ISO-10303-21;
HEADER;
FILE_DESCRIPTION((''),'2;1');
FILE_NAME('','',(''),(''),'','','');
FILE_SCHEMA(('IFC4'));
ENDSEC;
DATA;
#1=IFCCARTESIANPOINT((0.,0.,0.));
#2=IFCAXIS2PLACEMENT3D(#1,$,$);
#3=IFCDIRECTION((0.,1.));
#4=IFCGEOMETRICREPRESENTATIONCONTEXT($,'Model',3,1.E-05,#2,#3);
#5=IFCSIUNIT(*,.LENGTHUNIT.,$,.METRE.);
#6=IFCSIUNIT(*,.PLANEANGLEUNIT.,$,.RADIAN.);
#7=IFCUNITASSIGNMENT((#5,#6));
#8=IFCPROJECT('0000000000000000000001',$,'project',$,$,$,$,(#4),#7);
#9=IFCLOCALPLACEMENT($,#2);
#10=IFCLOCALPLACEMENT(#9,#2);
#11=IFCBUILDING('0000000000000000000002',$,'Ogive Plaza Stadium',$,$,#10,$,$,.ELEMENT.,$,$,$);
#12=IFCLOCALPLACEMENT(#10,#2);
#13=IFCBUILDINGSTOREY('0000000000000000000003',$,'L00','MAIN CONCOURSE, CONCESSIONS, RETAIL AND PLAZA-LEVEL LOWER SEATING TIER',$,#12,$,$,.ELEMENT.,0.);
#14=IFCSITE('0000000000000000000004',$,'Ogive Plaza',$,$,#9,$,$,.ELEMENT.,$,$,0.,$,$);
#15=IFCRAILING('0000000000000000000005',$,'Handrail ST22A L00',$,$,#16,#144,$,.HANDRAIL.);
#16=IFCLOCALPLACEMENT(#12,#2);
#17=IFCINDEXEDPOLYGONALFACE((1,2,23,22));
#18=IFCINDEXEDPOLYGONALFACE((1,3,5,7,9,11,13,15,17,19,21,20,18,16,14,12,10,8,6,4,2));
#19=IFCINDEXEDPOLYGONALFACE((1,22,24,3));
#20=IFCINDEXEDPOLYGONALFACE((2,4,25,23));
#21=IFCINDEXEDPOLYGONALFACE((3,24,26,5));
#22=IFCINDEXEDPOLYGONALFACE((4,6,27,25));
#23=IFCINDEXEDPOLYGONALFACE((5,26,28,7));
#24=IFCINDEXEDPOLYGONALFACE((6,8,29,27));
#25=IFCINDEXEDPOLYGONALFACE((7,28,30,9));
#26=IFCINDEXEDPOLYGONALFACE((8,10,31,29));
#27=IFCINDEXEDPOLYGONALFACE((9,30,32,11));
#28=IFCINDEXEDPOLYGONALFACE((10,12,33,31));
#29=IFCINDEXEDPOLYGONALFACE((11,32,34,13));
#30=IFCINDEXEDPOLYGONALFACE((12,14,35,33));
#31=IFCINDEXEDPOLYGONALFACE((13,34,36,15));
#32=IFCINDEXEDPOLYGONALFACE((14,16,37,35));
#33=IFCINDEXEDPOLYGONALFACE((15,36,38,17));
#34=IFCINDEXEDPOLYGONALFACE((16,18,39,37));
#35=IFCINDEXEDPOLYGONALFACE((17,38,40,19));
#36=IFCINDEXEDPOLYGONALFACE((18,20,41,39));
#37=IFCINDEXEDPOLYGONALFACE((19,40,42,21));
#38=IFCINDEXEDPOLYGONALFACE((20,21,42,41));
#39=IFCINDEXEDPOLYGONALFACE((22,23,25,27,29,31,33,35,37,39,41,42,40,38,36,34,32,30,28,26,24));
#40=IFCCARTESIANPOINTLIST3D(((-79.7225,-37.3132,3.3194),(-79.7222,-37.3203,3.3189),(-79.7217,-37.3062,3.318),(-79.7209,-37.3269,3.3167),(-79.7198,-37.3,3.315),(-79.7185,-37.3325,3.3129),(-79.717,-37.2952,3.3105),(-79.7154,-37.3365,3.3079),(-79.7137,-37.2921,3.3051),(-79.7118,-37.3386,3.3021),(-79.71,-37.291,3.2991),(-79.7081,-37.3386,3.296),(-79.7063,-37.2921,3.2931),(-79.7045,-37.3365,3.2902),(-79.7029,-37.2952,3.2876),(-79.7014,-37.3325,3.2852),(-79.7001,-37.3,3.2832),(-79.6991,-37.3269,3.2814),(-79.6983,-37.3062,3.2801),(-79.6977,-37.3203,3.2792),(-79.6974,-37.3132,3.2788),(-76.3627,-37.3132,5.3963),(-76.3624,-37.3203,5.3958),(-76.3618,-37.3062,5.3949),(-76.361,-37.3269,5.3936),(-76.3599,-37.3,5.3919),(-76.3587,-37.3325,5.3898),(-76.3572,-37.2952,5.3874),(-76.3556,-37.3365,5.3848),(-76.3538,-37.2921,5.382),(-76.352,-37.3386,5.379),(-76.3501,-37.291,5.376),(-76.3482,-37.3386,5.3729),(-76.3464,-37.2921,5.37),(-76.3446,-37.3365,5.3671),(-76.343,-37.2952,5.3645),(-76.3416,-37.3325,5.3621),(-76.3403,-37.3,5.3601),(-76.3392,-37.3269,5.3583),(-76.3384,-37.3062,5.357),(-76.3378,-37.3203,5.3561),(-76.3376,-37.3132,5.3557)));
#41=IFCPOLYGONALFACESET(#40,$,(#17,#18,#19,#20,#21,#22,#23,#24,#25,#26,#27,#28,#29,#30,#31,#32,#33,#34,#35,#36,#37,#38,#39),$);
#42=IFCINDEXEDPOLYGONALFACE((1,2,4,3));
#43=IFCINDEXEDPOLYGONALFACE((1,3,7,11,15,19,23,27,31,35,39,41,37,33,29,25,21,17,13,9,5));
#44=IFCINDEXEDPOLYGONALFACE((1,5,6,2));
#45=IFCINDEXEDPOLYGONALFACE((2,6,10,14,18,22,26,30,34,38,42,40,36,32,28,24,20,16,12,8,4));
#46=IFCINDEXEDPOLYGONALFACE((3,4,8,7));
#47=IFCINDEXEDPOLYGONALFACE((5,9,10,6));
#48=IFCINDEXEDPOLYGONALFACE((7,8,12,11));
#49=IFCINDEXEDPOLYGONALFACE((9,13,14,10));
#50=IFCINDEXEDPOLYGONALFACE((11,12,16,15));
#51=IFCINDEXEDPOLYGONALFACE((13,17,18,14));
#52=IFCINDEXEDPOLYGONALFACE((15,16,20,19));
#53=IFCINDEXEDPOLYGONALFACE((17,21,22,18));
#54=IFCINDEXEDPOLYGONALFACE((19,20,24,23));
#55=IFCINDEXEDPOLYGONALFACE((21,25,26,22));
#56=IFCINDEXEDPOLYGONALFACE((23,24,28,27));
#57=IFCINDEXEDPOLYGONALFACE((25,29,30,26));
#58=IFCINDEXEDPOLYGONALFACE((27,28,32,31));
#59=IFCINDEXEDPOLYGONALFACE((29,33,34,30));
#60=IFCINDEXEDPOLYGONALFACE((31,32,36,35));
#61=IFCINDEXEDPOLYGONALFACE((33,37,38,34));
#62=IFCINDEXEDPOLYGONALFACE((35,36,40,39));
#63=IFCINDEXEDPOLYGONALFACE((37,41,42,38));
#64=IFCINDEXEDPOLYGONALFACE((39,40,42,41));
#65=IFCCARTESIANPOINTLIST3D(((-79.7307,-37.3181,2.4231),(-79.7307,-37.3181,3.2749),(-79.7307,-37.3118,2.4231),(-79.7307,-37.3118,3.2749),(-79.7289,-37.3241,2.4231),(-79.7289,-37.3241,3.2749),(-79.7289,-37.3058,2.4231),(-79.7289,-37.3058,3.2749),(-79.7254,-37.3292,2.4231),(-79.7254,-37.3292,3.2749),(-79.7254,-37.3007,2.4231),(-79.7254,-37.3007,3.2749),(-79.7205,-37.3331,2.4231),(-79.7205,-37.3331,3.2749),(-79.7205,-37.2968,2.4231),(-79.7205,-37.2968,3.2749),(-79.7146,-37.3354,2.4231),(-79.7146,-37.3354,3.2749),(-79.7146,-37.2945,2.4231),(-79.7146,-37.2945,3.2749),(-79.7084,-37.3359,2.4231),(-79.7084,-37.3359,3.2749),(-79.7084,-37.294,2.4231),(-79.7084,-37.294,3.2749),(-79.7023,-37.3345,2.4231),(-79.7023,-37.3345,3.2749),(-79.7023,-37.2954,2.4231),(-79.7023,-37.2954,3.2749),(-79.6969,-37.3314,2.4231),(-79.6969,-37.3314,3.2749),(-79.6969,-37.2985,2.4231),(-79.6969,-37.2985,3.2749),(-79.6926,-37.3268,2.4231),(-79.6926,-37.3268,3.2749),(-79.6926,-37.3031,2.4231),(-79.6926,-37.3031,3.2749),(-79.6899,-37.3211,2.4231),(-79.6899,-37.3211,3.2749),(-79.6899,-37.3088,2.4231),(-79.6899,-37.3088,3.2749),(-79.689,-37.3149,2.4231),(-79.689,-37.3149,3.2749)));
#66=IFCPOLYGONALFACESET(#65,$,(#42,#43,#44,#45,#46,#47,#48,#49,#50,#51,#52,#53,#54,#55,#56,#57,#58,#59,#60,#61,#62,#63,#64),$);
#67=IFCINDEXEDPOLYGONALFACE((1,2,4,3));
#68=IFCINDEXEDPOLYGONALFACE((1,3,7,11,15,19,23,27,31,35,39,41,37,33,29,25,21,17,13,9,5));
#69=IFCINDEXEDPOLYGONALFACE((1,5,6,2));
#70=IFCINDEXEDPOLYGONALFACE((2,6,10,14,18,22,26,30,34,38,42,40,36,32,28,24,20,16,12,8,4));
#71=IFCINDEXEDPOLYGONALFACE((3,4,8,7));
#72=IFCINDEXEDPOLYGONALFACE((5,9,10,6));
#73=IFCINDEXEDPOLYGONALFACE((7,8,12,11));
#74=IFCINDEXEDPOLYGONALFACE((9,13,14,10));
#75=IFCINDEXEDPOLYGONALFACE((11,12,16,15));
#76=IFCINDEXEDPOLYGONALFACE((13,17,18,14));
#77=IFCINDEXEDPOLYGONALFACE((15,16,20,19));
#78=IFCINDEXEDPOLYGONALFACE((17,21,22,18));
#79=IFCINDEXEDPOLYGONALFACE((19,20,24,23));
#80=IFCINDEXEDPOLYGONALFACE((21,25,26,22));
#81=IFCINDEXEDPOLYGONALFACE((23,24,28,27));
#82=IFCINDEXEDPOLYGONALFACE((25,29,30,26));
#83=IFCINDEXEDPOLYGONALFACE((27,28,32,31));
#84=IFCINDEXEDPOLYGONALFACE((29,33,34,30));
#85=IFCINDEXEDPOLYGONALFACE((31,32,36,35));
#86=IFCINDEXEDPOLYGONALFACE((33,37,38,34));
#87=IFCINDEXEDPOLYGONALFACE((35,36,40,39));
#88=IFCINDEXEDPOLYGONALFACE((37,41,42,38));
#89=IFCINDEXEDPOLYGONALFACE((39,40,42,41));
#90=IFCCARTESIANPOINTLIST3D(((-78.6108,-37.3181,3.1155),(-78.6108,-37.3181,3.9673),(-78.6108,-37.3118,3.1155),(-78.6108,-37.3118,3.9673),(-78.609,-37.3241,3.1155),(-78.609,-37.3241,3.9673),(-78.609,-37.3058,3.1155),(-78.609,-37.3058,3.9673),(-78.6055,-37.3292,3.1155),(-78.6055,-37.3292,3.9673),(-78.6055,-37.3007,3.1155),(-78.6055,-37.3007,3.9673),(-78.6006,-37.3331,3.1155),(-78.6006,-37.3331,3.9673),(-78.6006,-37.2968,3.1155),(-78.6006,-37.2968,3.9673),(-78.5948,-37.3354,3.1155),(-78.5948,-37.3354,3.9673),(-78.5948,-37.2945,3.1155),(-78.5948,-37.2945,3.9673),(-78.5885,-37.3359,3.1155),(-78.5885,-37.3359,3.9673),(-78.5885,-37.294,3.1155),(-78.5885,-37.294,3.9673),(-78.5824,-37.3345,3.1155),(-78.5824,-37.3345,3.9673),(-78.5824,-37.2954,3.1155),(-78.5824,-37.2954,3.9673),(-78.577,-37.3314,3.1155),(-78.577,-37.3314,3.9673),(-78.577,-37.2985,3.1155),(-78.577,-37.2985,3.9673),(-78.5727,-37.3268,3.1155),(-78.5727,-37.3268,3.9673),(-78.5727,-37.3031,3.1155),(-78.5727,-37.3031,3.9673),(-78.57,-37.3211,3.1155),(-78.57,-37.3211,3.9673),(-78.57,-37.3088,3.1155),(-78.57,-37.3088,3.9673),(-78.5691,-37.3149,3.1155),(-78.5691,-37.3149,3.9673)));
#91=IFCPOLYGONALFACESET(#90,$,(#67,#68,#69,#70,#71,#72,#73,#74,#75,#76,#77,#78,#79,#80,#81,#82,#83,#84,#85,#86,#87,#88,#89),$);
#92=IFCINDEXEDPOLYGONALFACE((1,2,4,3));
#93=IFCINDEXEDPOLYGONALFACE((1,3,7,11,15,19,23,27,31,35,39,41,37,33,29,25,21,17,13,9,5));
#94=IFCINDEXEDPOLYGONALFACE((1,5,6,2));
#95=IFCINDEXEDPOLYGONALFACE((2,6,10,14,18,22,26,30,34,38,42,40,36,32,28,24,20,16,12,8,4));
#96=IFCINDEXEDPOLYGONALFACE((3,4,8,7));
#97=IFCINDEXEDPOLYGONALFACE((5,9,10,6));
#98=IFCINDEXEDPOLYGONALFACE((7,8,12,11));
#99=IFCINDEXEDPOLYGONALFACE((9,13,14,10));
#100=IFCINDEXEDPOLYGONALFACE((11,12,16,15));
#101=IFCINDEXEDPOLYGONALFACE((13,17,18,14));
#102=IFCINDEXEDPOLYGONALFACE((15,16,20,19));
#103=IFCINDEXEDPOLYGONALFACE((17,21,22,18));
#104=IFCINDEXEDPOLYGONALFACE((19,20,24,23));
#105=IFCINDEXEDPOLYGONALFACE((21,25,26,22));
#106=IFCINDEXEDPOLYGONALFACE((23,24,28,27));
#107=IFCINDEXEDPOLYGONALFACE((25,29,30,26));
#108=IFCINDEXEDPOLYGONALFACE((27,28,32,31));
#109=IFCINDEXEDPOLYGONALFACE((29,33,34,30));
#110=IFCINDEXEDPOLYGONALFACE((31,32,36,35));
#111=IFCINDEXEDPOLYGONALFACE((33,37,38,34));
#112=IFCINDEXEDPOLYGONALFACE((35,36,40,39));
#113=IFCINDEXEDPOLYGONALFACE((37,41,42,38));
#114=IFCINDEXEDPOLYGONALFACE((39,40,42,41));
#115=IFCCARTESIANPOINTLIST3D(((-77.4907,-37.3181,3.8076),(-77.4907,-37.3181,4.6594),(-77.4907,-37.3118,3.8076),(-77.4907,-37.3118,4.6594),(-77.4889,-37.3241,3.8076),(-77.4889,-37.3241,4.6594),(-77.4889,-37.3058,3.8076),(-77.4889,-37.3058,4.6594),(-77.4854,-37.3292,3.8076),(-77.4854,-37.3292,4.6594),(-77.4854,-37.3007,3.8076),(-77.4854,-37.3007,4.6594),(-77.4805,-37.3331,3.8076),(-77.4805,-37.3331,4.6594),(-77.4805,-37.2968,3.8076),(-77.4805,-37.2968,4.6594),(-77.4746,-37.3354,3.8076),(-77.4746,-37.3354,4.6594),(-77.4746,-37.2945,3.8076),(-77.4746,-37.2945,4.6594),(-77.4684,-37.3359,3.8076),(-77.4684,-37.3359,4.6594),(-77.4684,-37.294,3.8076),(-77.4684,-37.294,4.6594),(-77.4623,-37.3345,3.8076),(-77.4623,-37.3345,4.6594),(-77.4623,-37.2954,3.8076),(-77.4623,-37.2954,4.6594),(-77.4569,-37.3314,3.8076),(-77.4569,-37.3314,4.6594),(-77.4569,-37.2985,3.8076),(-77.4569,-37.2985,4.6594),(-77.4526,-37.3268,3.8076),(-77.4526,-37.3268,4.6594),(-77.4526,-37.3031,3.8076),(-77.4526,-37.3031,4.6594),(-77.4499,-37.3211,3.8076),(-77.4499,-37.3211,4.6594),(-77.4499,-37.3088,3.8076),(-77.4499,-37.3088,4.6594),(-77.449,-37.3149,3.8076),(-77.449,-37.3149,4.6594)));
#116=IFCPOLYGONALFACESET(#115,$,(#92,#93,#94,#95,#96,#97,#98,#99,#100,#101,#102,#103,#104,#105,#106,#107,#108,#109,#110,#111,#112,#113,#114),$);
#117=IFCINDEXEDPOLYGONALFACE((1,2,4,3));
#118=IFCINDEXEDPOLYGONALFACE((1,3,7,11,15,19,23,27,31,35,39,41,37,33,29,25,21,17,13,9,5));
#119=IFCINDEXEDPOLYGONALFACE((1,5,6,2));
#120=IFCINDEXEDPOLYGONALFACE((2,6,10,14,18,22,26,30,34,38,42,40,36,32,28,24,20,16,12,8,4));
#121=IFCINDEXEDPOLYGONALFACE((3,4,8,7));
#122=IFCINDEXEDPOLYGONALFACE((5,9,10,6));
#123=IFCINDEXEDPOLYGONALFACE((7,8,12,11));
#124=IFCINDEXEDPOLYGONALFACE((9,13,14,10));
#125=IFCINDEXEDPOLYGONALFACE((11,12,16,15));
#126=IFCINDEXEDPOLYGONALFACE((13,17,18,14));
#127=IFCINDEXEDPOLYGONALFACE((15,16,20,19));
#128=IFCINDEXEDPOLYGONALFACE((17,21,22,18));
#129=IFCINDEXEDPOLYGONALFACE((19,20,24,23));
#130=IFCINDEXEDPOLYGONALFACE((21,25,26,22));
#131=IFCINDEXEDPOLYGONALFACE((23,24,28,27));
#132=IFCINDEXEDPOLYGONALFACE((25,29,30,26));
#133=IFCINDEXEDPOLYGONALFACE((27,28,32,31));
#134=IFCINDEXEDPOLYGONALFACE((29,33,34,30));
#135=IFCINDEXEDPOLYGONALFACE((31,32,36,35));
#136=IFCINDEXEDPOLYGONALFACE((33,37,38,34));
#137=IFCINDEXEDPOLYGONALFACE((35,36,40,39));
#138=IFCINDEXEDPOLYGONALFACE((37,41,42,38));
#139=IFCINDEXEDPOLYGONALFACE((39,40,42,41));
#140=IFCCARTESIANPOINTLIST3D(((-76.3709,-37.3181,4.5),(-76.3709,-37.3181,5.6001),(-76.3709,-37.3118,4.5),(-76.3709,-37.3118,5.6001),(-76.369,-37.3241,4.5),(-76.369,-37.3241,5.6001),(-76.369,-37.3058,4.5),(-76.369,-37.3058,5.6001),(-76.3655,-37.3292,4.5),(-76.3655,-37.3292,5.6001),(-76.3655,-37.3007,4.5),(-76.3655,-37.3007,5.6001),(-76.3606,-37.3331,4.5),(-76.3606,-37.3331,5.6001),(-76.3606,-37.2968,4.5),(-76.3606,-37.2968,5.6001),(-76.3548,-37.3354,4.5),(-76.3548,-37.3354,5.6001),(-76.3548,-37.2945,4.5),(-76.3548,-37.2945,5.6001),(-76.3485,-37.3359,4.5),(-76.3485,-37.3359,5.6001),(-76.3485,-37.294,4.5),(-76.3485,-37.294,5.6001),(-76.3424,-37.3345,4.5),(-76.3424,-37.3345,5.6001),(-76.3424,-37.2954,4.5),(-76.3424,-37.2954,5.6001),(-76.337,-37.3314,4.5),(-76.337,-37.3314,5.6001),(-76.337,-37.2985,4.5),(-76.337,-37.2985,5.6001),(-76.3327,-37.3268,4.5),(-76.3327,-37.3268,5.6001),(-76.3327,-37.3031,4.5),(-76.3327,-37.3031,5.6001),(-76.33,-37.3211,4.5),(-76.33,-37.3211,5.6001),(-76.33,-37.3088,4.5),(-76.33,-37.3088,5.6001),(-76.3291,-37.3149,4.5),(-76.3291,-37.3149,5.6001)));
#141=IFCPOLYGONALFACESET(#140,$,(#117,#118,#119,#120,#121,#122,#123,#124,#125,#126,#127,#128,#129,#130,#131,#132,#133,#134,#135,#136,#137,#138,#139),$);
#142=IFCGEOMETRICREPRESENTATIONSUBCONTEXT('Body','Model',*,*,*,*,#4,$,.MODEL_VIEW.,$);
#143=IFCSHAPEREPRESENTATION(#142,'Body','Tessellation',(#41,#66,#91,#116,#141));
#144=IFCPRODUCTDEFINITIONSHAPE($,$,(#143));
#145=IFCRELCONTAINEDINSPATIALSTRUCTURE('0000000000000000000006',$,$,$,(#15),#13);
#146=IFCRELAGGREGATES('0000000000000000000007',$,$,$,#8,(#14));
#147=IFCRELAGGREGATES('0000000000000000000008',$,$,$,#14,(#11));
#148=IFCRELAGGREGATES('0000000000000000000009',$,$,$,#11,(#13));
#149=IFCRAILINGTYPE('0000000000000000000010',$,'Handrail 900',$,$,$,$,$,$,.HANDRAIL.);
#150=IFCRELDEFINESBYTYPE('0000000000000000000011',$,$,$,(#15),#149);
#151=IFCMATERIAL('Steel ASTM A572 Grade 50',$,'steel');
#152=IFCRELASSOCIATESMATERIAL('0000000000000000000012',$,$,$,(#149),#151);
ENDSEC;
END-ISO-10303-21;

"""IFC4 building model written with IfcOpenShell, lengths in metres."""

from ifc_helpers import new_model, si_unit, direction, frame, origin, origin_2d, place, context, subcontext, project, spatial, circle, extrude, material, type_object, element, save


model = new_model("IFC4")

# Units and contexts
model_context = context("Model", 3, precision=1e-05, world=origin(), true_north=direction((0.0, 1.0)))
body_context = subcontext(model_context, "Body", "Model", "MODEL_VIEW")
ifc_project = project(units=[si_unit("LENGTHUNIT", "METRE"), si_unit("PLANEANGLEUNIT", "RADIAN")], contexts=[model_context])

# Site, building, storey
site_placement = place(None, origin())
site = spatial("IfcSite", under=ifc_project, at=site_placement, Name="Ogive Plaza", CompositionType="ELEMENT", RefElevation=0.0)
building_placement = place(site_placement, origin())
building = spatial("IfcBuilding", under=site, at=building_placement, Name="Ogive Plaza Stadium", CompositionType="ELEMENT")
storey_placement = place(building_placement, origin())
storey = spatial("IfcBuildingStorey", under=building, at=storey_placement, Name="L00", Description="MAIN CONCOURSE, CONCESSIONS, RETAIL AND PLAZA-LEVEL LOWER SEATING TIER", CompositionType="ELEMENT", Elevation=0.0)

# Railing
ifc_material_1 = material(Name="Steel ASTM A572 Grade 50", Category="steel")
railing_type_1 = type_object("IfcRailingType", Name="Handrail 900", PredefinedType="HANDRAIL", material=ifc_material_1)
for number, where, name in (
    (1, (-79.71, -37.3149, 2.4231), "Handrail ST22A L00"),
):
    element("IfcRailing", number, at=place(storey_placement, frame(where)), inside=storey, type_object=railing_type_1, Name=name, PredefinedType="HANDRAIL", context=body_context, shape_type="SweptSolid", body=[
        extrude(circle(Radius=0.0239, at=origin_2d()), frame((0.0, 0.0, 0.876), z_axis=(0.850606, 0.0, 0.525803), x_axis=(0.0, 1.0, 0.0)), (0.0, 0.0, 1.0), 3.95),
        extrude(circle(Radius=0.021, at=origin_2d()), origin(), (0.0, 0.0, 1.0), 0.8518),
        extrude(circle(Radius=0.021, at=origin_2d()), frame((1.1199, 0.0, 0.6924)), (0.0, 0.0, 1.0), 0.8518),
        extrude(circle(Radius=0.021, at=origin_2d()), frame((2.24, 0.0, 1.3845)), (0.0, 0.0, 1.0), 0.8518),
        extrude(circle(Radius=0.021, at=origin_2d()), frame((3.3599, 0.0, 2.0769)), (0.0, 0.0, 1.0), 1.1001),
    ])

save(model, "model.ifc")
